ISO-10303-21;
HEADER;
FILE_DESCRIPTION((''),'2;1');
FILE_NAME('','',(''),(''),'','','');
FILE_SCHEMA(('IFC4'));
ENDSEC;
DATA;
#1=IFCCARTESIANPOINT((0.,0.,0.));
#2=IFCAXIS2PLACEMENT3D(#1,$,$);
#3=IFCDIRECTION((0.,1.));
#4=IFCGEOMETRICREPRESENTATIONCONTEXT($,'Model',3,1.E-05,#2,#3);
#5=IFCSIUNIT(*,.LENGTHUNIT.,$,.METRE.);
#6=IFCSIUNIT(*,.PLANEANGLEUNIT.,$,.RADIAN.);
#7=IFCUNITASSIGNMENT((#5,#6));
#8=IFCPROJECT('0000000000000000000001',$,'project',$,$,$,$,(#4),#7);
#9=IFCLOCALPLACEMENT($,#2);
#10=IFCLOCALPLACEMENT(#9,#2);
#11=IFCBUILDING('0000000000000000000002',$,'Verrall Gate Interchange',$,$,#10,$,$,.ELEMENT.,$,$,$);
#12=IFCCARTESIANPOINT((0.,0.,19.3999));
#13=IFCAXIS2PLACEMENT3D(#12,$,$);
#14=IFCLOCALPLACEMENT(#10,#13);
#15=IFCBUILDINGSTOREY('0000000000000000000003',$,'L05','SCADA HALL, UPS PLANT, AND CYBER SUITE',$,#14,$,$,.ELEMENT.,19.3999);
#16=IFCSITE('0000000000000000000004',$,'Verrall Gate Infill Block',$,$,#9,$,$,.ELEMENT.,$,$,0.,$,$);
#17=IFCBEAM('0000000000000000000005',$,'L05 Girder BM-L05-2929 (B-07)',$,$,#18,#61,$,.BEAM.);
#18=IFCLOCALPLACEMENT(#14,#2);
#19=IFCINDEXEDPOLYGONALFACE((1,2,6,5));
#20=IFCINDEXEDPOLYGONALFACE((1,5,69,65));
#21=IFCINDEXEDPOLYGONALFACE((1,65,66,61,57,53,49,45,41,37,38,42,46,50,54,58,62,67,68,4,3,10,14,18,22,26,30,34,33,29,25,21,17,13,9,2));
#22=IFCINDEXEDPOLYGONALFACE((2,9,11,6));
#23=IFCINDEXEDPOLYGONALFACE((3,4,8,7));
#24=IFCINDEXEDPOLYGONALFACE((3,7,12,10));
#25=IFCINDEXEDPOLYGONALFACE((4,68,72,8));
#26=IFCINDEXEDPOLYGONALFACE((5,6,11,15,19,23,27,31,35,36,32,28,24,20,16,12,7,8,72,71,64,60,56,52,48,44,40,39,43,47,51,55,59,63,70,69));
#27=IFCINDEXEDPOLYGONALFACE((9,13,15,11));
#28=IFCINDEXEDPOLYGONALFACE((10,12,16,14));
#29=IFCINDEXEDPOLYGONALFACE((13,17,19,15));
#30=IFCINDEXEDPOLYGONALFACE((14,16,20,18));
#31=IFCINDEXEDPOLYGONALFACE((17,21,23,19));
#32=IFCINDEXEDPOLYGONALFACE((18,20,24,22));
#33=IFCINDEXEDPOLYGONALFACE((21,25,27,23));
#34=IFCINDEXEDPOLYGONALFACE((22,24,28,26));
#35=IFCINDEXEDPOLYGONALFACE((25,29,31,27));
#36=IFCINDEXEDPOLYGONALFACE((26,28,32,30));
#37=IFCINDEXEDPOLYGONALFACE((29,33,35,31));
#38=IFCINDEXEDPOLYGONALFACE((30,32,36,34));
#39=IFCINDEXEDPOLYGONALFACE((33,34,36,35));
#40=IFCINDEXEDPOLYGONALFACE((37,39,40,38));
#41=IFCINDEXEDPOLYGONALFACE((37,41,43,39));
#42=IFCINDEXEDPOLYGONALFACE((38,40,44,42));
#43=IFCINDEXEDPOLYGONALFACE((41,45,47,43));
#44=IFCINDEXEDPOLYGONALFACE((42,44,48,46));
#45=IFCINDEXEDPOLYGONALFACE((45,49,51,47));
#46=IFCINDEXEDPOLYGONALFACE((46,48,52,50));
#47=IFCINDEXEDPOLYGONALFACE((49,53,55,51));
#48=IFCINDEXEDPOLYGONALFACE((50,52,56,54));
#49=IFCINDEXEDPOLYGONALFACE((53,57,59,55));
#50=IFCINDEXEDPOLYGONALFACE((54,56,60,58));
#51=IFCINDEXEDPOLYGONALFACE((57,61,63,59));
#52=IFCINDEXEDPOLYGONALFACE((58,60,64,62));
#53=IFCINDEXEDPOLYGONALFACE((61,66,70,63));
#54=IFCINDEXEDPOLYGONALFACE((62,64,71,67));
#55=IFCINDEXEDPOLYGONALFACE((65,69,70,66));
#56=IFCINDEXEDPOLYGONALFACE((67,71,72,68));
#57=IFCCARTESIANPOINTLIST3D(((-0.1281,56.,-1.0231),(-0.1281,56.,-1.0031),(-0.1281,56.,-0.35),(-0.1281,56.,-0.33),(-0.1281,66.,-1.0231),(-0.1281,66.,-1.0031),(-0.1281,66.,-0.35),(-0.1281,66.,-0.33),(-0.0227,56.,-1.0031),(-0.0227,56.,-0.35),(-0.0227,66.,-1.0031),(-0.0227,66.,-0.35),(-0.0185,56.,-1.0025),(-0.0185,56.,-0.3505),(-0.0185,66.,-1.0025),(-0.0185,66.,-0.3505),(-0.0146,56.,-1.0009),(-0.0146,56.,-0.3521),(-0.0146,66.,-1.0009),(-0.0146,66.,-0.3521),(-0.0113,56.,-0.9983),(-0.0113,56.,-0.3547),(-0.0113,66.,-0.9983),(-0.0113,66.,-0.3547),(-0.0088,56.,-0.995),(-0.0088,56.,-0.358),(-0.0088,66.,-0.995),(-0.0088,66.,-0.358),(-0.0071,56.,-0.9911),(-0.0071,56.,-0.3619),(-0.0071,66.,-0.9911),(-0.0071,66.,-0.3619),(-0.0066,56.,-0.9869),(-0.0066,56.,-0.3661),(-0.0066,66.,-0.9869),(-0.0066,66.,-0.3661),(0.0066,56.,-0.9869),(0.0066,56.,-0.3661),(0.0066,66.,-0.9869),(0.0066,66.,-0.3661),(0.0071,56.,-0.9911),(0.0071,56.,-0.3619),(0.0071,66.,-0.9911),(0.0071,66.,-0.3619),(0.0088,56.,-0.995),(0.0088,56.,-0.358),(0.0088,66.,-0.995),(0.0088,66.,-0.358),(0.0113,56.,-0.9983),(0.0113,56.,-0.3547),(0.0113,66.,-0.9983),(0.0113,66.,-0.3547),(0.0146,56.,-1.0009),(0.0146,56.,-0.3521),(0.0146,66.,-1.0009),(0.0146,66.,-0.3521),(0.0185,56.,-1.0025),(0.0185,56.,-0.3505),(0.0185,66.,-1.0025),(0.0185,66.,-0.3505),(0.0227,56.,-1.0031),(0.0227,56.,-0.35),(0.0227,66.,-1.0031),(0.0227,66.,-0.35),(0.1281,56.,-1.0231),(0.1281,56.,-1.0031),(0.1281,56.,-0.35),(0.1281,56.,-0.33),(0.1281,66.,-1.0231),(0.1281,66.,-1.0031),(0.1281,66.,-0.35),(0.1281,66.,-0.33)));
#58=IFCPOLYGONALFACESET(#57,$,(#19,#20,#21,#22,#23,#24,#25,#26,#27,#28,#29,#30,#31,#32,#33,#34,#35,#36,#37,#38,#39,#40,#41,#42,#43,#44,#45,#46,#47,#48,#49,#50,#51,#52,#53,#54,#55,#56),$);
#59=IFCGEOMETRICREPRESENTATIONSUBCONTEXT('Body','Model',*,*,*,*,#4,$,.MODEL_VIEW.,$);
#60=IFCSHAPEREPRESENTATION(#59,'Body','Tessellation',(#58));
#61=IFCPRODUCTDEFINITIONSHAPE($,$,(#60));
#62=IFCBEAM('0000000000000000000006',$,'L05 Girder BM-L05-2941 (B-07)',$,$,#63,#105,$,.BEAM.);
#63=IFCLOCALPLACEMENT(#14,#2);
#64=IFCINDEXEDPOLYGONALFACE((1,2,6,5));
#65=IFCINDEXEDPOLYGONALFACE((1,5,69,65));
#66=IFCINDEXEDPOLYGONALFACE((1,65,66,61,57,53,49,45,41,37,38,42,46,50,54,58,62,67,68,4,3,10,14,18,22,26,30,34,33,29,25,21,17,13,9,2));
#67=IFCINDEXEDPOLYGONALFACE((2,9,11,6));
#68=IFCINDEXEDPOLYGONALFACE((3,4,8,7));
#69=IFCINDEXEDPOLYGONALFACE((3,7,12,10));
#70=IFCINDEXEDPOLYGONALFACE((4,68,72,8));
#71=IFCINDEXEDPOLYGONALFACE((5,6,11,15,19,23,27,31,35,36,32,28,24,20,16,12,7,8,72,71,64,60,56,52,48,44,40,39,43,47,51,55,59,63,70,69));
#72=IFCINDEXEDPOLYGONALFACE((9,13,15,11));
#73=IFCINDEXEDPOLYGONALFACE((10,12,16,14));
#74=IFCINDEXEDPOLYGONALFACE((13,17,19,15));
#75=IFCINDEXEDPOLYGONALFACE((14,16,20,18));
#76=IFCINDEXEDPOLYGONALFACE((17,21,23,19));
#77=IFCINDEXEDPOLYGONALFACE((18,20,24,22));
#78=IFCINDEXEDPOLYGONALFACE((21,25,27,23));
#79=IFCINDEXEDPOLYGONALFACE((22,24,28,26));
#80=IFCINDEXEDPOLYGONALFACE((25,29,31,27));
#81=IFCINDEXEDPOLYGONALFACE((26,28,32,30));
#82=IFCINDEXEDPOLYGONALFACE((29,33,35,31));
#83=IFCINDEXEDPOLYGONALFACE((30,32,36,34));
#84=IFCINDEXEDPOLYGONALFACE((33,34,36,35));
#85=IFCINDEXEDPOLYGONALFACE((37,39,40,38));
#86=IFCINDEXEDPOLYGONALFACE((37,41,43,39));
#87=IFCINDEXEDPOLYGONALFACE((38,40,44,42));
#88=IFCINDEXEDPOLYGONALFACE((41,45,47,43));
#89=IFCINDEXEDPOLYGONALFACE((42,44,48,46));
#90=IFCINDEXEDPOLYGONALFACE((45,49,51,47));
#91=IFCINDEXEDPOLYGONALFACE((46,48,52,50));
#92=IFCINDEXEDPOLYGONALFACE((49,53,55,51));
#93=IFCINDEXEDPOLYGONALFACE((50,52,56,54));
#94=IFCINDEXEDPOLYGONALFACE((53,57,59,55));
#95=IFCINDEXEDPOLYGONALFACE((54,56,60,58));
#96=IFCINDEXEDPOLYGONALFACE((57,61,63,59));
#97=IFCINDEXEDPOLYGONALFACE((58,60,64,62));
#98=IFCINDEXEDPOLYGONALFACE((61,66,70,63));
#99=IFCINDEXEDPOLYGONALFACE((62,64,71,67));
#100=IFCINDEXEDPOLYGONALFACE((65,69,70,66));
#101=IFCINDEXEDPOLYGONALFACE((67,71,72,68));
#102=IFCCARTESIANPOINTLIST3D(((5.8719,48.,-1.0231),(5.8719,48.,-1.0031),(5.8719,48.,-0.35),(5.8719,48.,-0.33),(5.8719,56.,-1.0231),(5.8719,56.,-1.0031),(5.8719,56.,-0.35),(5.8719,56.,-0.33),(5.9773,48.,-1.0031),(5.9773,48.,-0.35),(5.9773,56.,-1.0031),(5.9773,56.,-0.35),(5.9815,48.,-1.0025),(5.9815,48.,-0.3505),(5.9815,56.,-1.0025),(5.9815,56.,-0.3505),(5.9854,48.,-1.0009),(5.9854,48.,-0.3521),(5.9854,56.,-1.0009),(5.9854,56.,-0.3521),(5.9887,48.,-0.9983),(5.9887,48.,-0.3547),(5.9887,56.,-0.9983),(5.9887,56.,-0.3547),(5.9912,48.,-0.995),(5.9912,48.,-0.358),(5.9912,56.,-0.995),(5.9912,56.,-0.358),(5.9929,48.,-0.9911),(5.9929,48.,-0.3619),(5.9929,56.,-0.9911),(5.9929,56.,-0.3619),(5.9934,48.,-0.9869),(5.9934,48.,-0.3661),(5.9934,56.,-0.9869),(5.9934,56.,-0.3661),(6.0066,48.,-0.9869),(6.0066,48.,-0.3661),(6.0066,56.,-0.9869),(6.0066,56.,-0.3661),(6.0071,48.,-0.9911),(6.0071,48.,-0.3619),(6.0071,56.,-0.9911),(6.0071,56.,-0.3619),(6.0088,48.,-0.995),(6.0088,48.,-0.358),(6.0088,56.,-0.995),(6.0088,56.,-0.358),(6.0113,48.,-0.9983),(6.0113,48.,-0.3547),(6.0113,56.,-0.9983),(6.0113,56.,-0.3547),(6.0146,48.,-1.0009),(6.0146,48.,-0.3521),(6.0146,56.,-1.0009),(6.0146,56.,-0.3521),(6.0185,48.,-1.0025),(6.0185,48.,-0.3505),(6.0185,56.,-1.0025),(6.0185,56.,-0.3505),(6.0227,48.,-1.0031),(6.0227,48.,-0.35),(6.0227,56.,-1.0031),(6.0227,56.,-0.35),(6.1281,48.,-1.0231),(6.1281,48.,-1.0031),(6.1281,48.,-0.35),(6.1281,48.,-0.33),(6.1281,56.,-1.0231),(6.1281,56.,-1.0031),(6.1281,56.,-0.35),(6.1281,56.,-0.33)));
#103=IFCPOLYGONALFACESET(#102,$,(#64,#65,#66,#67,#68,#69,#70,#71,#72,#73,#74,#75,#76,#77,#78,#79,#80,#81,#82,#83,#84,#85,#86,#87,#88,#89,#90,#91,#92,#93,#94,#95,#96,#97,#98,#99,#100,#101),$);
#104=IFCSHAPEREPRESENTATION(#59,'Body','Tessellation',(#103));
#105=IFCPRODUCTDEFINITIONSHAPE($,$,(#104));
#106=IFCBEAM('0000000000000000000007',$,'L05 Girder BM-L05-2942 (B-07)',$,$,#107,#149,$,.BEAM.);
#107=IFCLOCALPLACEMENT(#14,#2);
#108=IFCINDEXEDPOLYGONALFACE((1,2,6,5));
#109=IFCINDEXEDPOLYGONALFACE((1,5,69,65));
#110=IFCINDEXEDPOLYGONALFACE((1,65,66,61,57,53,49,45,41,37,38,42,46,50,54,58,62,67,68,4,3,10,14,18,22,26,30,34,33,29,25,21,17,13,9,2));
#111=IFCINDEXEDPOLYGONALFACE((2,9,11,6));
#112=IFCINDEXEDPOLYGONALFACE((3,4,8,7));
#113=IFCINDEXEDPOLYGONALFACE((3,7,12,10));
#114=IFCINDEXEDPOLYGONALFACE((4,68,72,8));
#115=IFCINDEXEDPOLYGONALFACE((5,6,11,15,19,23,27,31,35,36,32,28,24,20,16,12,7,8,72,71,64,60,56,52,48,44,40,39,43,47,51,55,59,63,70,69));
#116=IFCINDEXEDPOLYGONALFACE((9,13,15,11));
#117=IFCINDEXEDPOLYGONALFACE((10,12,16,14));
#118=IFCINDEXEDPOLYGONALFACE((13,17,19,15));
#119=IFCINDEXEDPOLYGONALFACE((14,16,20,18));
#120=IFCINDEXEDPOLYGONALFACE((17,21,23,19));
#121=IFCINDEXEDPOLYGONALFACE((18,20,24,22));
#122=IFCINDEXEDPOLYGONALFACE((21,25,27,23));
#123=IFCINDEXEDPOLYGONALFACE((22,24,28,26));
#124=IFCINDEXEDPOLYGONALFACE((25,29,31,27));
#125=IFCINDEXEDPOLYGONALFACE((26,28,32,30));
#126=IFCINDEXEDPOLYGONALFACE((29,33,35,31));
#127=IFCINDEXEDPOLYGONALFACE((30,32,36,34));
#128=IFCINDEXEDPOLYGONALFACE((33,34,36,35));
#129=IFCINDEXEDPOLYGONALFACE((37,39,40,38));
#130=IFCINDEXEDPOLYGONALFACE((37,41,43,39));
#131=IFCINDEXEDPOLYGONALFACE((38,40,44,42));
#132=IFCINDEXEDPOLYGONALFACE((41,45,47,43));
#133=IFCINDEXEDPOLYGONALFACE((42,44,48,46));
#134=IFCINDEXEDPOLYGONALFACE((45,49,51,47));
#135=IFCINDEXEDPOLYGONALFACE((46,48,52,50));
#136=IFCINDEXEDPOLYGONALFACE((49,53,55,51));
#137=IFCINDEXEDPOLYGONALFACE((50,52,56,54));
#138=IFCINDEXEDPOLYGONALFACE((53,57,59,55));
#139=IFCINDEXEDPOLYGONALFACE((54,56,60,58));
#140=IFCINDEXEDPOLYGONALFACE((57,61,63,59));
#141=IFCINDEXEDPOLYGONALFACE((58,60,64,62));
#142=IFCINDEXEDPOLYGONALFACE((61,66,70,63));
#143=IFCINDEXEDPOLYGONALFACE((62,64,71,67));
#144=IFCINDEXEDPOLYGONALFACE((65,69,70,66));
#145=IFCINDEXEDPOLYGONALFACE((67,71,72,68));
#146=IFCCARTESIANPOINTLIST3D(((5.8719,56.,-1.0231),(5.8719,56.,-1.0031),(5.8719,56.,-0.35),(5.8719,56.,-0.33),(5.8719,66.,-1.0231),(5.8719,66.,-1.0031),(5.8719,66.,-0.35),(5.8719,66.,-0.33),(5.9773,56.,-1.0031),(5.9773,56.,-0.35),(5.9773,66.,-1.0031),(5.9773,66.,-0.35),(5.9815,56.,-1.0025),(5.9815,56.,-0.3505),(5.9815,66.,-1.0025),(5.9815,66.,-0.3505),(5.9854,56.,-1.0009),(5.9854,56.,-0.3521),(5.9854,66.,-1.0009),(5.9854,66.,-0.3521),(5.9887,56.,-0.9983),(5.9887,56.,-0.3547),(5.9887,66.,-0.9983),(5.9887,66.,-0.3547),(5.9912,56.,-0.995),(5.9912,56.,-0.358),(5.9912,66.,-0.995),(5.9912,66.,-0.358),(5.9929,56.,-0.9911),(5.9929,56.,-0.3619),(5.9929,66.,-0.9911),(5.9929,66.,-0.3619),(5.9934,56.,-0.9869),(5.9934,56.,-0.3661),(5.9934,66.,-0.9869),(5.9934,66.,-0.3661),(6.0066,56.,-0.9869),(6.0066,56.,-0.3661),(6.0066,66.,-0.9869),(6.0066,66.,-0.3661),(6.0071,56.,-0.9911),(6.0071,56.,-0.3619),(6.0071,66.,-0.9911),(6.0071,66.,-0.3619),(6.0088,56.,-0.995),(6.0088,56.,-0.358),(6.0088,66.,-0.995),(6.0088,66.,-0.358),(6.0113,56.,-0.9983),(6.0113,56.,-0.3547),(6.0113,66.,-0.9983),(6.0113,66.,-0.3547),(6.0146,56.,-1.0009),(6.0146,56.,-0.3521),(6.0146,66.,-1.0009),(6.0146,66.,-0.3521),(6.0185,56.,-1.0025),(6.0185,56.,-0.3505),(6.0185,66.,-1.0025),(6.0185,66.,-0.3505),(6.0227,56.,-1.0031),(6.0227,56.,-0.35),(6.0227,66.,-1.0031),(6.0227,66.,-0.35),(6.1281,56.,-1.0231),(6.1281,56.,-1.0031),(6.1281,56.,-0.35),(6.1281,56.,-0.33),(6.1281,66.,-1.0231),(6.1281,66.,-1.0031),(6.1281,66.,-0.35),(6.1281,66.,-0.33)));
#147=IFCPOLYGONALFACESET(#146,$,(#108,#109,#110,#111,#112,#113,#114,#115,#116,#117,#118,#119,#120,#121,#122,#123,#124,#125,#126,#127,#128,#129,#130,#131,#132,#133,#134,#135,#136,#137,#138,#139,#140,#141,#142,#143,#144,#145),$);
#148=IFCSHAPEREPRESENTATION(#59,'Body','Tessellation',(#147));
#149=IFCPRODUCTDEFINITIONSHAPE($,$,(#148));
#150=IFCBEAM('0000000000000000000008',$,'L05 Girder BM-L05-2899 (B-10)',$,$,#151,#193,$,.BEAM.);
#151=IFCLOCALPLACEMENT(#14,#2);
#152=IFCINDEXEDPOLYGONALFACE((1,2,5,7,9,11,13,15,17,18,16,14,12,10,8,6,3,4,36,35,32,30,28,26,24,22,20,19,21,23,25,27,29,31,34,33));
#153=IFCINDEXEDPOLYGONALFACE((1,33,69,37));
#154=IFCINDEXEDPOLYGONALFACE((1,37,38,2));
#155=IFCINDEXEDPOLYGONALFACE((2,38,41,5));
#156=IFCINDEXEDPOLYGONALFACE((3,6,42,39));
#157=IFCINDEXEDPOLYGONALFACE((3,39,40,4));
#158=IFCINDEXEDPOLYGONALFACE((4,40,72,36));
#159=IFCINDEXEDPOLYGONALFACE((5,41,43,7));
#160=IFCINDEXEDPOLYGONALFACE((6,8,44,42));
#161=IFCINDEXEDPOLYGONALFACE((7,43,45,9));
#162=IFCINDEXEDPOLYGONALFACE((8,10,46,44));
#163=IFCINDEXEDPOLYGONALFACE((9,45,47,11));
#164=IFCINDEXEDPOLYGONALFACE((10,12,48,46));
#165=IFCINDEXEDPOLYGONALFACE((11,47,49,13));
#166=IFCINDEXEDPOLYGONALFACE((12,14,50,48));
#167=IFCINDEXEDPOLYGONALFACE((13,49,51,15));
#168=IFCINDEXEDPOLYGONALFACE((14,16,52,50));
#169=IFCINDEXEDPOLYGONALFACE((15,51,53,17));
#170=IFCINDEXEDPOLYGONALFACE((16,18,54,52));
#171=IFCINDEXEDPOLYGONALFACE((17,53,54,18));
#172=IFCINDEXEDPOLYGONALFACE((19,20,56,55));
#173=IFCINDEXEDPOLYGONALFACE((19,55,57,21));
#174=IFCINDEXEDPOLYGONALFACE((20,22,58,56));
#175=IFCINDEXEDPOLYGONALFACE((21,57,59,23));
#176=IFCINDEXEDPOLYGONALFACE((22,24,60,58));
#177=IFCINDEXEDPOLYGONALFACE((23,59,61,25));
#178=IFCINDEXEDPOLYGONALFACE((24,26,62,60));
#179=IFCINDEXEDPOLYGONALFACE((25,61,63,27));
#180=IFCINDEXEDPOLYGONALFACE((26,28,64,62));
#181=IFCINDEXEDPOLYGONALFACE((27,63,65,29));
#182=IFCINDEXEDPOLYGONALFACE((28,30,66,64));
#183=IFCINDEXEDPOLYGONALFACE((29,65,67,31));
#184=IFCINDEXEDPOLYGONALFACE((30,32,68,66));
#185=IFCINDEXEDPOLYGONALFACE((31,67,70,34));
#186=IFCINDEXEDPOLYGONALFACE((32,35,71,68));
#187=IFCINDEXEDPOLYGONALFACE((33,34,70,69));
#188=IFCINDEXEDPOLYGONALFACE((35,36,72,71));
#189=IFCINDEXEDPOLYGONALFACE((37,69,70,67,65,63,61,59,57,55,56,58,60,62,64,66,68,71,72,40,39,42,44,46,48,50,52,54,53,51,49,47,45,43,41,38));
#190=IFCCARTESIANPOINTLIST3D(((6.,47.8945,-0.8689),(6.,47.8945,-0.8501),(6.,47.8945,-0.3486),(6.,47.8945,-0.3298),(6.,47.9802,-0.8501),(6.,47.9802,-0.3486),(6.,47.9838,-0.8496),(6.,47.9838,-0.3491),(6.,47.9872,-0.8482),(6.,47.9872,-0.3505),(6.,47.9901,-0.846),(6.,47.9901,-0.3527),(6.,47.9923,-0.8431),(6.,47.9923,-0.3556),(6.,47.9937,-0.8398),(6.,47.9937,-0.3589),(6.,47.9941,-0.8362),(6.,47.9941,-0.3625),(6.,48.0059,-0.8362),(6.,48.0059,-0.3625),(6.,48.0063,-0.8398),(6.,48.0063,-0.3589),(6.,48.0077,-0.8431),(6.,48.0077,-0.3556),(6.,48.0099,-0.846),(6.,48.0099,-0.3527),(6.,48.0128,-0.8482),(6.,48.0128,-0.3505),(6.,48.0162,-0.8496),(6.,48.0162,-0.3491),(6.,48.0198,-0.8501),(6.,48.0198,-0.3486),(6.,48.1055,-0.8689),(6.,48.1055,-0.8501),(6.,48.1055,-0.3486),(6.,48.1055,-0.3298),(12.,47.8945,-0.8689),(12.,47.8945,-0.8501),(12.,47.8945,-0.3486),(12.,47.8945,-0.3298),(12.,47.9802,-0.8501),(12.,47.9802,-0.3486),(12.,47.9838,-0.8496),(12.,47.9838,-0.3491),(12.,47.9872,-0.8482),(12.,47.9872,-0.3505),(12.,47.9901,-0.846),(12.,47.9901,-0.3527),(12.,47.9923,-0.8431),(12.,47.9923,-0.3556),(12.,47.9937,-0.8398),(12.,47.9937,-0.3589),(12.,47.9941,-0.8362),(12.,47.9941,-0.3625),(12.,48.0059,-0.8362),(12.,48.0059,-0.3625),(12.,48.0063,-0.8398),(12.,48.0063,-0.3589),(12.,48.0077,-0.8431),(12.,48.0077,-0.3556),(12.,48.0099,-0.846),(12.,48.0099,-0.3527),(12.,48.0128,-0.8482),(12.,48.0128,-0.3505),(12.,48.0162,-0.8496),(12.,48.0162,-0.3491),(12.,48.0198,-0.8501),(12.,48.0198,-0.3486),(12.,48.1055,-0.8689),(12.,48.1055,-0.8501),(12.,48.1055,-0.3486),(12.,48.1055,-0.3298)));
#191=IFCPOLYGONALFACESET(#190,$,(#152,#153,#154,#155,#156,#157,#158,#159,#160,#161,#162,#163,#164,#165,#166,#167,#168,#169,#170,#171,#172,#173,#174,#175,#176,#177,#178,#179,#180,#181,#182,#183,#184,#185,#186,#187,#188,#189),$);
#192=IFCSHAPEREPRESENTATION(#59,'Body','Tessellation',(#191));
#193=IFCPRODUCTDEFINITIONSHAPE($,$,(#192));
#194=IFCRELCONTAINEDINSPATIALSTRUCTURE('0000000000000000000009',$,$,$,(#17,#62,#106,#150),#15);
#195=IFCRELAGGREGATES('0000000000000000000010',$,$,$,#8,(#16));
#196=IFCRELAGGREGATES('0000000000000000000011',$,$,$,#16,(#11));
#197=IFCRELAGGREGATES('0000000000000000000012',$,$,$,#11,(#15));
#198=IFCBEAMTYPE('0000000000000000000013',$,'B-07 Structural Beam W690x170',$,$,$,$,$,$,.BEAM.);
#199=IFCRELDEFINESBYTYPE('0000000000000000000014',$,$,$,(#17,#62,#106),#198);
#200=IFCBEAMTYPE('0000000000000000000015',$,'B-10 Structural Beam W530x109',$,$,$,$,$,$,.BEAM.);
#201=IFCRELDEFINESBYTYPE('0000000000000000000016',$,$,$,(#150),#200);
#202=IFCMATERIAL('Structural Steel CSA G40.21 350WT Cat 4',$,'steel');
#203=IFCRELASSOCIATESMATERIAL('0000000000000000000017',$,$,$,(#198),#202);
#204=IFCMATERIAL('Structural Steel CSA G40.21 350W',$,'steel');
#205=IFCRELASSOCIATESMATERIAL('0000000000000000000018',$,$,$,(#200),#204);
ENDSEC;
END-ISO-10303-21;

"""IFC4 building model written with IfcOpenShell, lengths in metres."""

from ifc_helpers import new_model, si_unit, direction, frame, origin, origin_2d, place, context, subcontext, project, spatial, i_section, extrude, material, material_profile, profile_set, type_object, element, save


model = new_model("IFC4")

# Units and contexts
model_context = context("Model", 3, precision=1e-05, world=origin(), true_north=direction((0.0, 1.0)))
body_context = subcontext(model_context, "Body", "Model", "MODEL_VIEW")
ifc_project = project(units=[si_unit("LENGTHUNIT", "METRE"), si_unit("PLANEANGLEUNIT", "RADIAN")], contexts=[model_context])

# Site, building, storey
site_placement = place(None, origin())
site = spatial("IfcSite", under=ifc_project, at=site_placement, Name="Verrall Gate Infill Block", CompositionType="ELEMENT", RefElevation=0.0)
building_placement = place(site_placement, origin())
building = spatial("IfcBuilding", under=site, at=building_placement, Name="Verrall Gate Interchange", CompositionType="ELEMENT")
storey_placement = place(building_placement, frame((0.0, 0.0, 19.3999)))
storey = spatial("IfcBuildingStorey", under=building, at=storey_placement, Name="L05", Description="SCADA HALL, UPS PLANT, AND CYBER SUITE", CompositionType="ELEMENT", Elevation=19.3999)

# Beams
ifc_material_1 = material(Name="Structural Steel CSA G40.21 350WT Cat 4", Category="steel")
ifc_material_profile_1 = material_profile(ifc_material_1, i_section(OverallWidth=0.2561, OverallDepth=0.6931, WebThickness=0.0132, FlangeThickness=0.02, FilletRadius=0.0161, at=origin_2d()), Name="W690x170")
ifc_profile_set_1 = profile_set([ifc_material_profile_1], Name="Structural Steel CSA G40.21 350WT Cat 4")
beam_type_1 = type_object("IfcBeamType", Name="B-07 Structural Beam W690x170", PredefinedType="BEAM", material=ifc_profile_set_1)
beam_1_placement = place(storey_placement, frame((0.0, 56.0, -0.6765), z_axis=(0.0, 1.0, 0.0), x_axis=(-1.0, 0.0, 0.0)))
element("IfcBeam", 1, at=beam_1_placement, inside=storey, type_object=beam_type_1, Name="L05 Girder BM-L05-2929 (B-07)", PredefinedType="BEAM", context=body_context, shape_type="SweptSolid", body=[
    extrude(i_section(OverallWidth=0.2561, OverallDepth=0.6931, WebThickness=0.0132, FlangeThickness=0.02, FilletRadius=0.0161, at=origin_2d()), origin(), (0.0, 0.0, 1.0), 10.0),
])
beam_2_placement = place(storey_placement, frame((6.0, 48.0, -0.6765), z_axis=(0.0, 1.0, 0.0), x_axis=(-1.0, 0.0, 0.0)))
element("IfcBeam", 2, at=beam_2_placement, inside=storey, type_object=beam_type_1, Name="L05 Girder BM-L05-2941 (B-07)", PredefinedType="BEAM", context=body_context, shape_type="SweptSolid", body=[
    extrude(i_section(OverallWidth=0.2561, OverallDepth=0.6931, WebThickness=0.0132, FlangeThickness=0.02, FilletRadius=0.0161, at=origin_2d()), origin(), (0.0, 0.0, 1.0), 8.0),
])
beam_3_placement = place(storey_placement, frame((6.0, 56.0, -0.6765), z_axis=(0.0, 1.0, 0.0), x_axis=(-1.0, 0.0, 0.0)))
element("IfcBeam", 3, at=beam_3_placement, inside=storey, type_object=beam_type_1, Name="L05 Girder BM-L05-2942 (B-07)", PredefinedType="BEAM", context=body_context, shape_type="SweptSolid", body=[
    extrude(i_section(OverallWidth=0.2561, OverallDepth=0.6931, WebThickness=0.0132, FlangeThickness=0.02, FilletRadius=0.0161, at=origin_2d()), origin(), (0.0, 0.0, 1.0), 10.0),
])
ifc_material_2 = material(Name="Structural Steel CSA G40.21 350W", Category="steel")
ifc_material_profile_2 = material_profile(ifc_material_2, i_section(OverallWidth=0.2109, OverallDepth=0.5391, WebThickness=0.0117, FlangeThickness=0.0188, FilletRadius=0.0139, at=origin_2d()), Name="W530x109")
ifc_profile_set_2 = profile_set([ifc_material_profile_2], Name="Structural Steel CSA G40.21 350W")
beam_type_2 = type_object("IfcBeamType", Name="B-10 Structural Beam W530x109", PredefinedType="BEAM", material=ifc_profile_set_2)
beam_4_placement = place(storey_placement, frame((6.0, 48.0, -0.5994), z_axis=(1.0, 0.0, 0.0), x_axis=(0.0, 1.0, 0.0)))
element("IfcBeam", 4, at=beam_4_placement, inside=storey, type_object=beam_type_2, Name="L05 Girder BM-L05-2899 (B-10)", PredefinedType="BEAM", context=body_context, shape_type="SweptSolid", body=[
    extrude(i_section(OverallWidth=0.2109, OverallDepth=0.5391, WebThickness=0.0117, FlangeThickness=0.0188, FilletRadius=0.0139, at=origin_2d()), origin(), (0.0, 0.0, 1.0), 6.0),
])

save(model, "model.ifc")
